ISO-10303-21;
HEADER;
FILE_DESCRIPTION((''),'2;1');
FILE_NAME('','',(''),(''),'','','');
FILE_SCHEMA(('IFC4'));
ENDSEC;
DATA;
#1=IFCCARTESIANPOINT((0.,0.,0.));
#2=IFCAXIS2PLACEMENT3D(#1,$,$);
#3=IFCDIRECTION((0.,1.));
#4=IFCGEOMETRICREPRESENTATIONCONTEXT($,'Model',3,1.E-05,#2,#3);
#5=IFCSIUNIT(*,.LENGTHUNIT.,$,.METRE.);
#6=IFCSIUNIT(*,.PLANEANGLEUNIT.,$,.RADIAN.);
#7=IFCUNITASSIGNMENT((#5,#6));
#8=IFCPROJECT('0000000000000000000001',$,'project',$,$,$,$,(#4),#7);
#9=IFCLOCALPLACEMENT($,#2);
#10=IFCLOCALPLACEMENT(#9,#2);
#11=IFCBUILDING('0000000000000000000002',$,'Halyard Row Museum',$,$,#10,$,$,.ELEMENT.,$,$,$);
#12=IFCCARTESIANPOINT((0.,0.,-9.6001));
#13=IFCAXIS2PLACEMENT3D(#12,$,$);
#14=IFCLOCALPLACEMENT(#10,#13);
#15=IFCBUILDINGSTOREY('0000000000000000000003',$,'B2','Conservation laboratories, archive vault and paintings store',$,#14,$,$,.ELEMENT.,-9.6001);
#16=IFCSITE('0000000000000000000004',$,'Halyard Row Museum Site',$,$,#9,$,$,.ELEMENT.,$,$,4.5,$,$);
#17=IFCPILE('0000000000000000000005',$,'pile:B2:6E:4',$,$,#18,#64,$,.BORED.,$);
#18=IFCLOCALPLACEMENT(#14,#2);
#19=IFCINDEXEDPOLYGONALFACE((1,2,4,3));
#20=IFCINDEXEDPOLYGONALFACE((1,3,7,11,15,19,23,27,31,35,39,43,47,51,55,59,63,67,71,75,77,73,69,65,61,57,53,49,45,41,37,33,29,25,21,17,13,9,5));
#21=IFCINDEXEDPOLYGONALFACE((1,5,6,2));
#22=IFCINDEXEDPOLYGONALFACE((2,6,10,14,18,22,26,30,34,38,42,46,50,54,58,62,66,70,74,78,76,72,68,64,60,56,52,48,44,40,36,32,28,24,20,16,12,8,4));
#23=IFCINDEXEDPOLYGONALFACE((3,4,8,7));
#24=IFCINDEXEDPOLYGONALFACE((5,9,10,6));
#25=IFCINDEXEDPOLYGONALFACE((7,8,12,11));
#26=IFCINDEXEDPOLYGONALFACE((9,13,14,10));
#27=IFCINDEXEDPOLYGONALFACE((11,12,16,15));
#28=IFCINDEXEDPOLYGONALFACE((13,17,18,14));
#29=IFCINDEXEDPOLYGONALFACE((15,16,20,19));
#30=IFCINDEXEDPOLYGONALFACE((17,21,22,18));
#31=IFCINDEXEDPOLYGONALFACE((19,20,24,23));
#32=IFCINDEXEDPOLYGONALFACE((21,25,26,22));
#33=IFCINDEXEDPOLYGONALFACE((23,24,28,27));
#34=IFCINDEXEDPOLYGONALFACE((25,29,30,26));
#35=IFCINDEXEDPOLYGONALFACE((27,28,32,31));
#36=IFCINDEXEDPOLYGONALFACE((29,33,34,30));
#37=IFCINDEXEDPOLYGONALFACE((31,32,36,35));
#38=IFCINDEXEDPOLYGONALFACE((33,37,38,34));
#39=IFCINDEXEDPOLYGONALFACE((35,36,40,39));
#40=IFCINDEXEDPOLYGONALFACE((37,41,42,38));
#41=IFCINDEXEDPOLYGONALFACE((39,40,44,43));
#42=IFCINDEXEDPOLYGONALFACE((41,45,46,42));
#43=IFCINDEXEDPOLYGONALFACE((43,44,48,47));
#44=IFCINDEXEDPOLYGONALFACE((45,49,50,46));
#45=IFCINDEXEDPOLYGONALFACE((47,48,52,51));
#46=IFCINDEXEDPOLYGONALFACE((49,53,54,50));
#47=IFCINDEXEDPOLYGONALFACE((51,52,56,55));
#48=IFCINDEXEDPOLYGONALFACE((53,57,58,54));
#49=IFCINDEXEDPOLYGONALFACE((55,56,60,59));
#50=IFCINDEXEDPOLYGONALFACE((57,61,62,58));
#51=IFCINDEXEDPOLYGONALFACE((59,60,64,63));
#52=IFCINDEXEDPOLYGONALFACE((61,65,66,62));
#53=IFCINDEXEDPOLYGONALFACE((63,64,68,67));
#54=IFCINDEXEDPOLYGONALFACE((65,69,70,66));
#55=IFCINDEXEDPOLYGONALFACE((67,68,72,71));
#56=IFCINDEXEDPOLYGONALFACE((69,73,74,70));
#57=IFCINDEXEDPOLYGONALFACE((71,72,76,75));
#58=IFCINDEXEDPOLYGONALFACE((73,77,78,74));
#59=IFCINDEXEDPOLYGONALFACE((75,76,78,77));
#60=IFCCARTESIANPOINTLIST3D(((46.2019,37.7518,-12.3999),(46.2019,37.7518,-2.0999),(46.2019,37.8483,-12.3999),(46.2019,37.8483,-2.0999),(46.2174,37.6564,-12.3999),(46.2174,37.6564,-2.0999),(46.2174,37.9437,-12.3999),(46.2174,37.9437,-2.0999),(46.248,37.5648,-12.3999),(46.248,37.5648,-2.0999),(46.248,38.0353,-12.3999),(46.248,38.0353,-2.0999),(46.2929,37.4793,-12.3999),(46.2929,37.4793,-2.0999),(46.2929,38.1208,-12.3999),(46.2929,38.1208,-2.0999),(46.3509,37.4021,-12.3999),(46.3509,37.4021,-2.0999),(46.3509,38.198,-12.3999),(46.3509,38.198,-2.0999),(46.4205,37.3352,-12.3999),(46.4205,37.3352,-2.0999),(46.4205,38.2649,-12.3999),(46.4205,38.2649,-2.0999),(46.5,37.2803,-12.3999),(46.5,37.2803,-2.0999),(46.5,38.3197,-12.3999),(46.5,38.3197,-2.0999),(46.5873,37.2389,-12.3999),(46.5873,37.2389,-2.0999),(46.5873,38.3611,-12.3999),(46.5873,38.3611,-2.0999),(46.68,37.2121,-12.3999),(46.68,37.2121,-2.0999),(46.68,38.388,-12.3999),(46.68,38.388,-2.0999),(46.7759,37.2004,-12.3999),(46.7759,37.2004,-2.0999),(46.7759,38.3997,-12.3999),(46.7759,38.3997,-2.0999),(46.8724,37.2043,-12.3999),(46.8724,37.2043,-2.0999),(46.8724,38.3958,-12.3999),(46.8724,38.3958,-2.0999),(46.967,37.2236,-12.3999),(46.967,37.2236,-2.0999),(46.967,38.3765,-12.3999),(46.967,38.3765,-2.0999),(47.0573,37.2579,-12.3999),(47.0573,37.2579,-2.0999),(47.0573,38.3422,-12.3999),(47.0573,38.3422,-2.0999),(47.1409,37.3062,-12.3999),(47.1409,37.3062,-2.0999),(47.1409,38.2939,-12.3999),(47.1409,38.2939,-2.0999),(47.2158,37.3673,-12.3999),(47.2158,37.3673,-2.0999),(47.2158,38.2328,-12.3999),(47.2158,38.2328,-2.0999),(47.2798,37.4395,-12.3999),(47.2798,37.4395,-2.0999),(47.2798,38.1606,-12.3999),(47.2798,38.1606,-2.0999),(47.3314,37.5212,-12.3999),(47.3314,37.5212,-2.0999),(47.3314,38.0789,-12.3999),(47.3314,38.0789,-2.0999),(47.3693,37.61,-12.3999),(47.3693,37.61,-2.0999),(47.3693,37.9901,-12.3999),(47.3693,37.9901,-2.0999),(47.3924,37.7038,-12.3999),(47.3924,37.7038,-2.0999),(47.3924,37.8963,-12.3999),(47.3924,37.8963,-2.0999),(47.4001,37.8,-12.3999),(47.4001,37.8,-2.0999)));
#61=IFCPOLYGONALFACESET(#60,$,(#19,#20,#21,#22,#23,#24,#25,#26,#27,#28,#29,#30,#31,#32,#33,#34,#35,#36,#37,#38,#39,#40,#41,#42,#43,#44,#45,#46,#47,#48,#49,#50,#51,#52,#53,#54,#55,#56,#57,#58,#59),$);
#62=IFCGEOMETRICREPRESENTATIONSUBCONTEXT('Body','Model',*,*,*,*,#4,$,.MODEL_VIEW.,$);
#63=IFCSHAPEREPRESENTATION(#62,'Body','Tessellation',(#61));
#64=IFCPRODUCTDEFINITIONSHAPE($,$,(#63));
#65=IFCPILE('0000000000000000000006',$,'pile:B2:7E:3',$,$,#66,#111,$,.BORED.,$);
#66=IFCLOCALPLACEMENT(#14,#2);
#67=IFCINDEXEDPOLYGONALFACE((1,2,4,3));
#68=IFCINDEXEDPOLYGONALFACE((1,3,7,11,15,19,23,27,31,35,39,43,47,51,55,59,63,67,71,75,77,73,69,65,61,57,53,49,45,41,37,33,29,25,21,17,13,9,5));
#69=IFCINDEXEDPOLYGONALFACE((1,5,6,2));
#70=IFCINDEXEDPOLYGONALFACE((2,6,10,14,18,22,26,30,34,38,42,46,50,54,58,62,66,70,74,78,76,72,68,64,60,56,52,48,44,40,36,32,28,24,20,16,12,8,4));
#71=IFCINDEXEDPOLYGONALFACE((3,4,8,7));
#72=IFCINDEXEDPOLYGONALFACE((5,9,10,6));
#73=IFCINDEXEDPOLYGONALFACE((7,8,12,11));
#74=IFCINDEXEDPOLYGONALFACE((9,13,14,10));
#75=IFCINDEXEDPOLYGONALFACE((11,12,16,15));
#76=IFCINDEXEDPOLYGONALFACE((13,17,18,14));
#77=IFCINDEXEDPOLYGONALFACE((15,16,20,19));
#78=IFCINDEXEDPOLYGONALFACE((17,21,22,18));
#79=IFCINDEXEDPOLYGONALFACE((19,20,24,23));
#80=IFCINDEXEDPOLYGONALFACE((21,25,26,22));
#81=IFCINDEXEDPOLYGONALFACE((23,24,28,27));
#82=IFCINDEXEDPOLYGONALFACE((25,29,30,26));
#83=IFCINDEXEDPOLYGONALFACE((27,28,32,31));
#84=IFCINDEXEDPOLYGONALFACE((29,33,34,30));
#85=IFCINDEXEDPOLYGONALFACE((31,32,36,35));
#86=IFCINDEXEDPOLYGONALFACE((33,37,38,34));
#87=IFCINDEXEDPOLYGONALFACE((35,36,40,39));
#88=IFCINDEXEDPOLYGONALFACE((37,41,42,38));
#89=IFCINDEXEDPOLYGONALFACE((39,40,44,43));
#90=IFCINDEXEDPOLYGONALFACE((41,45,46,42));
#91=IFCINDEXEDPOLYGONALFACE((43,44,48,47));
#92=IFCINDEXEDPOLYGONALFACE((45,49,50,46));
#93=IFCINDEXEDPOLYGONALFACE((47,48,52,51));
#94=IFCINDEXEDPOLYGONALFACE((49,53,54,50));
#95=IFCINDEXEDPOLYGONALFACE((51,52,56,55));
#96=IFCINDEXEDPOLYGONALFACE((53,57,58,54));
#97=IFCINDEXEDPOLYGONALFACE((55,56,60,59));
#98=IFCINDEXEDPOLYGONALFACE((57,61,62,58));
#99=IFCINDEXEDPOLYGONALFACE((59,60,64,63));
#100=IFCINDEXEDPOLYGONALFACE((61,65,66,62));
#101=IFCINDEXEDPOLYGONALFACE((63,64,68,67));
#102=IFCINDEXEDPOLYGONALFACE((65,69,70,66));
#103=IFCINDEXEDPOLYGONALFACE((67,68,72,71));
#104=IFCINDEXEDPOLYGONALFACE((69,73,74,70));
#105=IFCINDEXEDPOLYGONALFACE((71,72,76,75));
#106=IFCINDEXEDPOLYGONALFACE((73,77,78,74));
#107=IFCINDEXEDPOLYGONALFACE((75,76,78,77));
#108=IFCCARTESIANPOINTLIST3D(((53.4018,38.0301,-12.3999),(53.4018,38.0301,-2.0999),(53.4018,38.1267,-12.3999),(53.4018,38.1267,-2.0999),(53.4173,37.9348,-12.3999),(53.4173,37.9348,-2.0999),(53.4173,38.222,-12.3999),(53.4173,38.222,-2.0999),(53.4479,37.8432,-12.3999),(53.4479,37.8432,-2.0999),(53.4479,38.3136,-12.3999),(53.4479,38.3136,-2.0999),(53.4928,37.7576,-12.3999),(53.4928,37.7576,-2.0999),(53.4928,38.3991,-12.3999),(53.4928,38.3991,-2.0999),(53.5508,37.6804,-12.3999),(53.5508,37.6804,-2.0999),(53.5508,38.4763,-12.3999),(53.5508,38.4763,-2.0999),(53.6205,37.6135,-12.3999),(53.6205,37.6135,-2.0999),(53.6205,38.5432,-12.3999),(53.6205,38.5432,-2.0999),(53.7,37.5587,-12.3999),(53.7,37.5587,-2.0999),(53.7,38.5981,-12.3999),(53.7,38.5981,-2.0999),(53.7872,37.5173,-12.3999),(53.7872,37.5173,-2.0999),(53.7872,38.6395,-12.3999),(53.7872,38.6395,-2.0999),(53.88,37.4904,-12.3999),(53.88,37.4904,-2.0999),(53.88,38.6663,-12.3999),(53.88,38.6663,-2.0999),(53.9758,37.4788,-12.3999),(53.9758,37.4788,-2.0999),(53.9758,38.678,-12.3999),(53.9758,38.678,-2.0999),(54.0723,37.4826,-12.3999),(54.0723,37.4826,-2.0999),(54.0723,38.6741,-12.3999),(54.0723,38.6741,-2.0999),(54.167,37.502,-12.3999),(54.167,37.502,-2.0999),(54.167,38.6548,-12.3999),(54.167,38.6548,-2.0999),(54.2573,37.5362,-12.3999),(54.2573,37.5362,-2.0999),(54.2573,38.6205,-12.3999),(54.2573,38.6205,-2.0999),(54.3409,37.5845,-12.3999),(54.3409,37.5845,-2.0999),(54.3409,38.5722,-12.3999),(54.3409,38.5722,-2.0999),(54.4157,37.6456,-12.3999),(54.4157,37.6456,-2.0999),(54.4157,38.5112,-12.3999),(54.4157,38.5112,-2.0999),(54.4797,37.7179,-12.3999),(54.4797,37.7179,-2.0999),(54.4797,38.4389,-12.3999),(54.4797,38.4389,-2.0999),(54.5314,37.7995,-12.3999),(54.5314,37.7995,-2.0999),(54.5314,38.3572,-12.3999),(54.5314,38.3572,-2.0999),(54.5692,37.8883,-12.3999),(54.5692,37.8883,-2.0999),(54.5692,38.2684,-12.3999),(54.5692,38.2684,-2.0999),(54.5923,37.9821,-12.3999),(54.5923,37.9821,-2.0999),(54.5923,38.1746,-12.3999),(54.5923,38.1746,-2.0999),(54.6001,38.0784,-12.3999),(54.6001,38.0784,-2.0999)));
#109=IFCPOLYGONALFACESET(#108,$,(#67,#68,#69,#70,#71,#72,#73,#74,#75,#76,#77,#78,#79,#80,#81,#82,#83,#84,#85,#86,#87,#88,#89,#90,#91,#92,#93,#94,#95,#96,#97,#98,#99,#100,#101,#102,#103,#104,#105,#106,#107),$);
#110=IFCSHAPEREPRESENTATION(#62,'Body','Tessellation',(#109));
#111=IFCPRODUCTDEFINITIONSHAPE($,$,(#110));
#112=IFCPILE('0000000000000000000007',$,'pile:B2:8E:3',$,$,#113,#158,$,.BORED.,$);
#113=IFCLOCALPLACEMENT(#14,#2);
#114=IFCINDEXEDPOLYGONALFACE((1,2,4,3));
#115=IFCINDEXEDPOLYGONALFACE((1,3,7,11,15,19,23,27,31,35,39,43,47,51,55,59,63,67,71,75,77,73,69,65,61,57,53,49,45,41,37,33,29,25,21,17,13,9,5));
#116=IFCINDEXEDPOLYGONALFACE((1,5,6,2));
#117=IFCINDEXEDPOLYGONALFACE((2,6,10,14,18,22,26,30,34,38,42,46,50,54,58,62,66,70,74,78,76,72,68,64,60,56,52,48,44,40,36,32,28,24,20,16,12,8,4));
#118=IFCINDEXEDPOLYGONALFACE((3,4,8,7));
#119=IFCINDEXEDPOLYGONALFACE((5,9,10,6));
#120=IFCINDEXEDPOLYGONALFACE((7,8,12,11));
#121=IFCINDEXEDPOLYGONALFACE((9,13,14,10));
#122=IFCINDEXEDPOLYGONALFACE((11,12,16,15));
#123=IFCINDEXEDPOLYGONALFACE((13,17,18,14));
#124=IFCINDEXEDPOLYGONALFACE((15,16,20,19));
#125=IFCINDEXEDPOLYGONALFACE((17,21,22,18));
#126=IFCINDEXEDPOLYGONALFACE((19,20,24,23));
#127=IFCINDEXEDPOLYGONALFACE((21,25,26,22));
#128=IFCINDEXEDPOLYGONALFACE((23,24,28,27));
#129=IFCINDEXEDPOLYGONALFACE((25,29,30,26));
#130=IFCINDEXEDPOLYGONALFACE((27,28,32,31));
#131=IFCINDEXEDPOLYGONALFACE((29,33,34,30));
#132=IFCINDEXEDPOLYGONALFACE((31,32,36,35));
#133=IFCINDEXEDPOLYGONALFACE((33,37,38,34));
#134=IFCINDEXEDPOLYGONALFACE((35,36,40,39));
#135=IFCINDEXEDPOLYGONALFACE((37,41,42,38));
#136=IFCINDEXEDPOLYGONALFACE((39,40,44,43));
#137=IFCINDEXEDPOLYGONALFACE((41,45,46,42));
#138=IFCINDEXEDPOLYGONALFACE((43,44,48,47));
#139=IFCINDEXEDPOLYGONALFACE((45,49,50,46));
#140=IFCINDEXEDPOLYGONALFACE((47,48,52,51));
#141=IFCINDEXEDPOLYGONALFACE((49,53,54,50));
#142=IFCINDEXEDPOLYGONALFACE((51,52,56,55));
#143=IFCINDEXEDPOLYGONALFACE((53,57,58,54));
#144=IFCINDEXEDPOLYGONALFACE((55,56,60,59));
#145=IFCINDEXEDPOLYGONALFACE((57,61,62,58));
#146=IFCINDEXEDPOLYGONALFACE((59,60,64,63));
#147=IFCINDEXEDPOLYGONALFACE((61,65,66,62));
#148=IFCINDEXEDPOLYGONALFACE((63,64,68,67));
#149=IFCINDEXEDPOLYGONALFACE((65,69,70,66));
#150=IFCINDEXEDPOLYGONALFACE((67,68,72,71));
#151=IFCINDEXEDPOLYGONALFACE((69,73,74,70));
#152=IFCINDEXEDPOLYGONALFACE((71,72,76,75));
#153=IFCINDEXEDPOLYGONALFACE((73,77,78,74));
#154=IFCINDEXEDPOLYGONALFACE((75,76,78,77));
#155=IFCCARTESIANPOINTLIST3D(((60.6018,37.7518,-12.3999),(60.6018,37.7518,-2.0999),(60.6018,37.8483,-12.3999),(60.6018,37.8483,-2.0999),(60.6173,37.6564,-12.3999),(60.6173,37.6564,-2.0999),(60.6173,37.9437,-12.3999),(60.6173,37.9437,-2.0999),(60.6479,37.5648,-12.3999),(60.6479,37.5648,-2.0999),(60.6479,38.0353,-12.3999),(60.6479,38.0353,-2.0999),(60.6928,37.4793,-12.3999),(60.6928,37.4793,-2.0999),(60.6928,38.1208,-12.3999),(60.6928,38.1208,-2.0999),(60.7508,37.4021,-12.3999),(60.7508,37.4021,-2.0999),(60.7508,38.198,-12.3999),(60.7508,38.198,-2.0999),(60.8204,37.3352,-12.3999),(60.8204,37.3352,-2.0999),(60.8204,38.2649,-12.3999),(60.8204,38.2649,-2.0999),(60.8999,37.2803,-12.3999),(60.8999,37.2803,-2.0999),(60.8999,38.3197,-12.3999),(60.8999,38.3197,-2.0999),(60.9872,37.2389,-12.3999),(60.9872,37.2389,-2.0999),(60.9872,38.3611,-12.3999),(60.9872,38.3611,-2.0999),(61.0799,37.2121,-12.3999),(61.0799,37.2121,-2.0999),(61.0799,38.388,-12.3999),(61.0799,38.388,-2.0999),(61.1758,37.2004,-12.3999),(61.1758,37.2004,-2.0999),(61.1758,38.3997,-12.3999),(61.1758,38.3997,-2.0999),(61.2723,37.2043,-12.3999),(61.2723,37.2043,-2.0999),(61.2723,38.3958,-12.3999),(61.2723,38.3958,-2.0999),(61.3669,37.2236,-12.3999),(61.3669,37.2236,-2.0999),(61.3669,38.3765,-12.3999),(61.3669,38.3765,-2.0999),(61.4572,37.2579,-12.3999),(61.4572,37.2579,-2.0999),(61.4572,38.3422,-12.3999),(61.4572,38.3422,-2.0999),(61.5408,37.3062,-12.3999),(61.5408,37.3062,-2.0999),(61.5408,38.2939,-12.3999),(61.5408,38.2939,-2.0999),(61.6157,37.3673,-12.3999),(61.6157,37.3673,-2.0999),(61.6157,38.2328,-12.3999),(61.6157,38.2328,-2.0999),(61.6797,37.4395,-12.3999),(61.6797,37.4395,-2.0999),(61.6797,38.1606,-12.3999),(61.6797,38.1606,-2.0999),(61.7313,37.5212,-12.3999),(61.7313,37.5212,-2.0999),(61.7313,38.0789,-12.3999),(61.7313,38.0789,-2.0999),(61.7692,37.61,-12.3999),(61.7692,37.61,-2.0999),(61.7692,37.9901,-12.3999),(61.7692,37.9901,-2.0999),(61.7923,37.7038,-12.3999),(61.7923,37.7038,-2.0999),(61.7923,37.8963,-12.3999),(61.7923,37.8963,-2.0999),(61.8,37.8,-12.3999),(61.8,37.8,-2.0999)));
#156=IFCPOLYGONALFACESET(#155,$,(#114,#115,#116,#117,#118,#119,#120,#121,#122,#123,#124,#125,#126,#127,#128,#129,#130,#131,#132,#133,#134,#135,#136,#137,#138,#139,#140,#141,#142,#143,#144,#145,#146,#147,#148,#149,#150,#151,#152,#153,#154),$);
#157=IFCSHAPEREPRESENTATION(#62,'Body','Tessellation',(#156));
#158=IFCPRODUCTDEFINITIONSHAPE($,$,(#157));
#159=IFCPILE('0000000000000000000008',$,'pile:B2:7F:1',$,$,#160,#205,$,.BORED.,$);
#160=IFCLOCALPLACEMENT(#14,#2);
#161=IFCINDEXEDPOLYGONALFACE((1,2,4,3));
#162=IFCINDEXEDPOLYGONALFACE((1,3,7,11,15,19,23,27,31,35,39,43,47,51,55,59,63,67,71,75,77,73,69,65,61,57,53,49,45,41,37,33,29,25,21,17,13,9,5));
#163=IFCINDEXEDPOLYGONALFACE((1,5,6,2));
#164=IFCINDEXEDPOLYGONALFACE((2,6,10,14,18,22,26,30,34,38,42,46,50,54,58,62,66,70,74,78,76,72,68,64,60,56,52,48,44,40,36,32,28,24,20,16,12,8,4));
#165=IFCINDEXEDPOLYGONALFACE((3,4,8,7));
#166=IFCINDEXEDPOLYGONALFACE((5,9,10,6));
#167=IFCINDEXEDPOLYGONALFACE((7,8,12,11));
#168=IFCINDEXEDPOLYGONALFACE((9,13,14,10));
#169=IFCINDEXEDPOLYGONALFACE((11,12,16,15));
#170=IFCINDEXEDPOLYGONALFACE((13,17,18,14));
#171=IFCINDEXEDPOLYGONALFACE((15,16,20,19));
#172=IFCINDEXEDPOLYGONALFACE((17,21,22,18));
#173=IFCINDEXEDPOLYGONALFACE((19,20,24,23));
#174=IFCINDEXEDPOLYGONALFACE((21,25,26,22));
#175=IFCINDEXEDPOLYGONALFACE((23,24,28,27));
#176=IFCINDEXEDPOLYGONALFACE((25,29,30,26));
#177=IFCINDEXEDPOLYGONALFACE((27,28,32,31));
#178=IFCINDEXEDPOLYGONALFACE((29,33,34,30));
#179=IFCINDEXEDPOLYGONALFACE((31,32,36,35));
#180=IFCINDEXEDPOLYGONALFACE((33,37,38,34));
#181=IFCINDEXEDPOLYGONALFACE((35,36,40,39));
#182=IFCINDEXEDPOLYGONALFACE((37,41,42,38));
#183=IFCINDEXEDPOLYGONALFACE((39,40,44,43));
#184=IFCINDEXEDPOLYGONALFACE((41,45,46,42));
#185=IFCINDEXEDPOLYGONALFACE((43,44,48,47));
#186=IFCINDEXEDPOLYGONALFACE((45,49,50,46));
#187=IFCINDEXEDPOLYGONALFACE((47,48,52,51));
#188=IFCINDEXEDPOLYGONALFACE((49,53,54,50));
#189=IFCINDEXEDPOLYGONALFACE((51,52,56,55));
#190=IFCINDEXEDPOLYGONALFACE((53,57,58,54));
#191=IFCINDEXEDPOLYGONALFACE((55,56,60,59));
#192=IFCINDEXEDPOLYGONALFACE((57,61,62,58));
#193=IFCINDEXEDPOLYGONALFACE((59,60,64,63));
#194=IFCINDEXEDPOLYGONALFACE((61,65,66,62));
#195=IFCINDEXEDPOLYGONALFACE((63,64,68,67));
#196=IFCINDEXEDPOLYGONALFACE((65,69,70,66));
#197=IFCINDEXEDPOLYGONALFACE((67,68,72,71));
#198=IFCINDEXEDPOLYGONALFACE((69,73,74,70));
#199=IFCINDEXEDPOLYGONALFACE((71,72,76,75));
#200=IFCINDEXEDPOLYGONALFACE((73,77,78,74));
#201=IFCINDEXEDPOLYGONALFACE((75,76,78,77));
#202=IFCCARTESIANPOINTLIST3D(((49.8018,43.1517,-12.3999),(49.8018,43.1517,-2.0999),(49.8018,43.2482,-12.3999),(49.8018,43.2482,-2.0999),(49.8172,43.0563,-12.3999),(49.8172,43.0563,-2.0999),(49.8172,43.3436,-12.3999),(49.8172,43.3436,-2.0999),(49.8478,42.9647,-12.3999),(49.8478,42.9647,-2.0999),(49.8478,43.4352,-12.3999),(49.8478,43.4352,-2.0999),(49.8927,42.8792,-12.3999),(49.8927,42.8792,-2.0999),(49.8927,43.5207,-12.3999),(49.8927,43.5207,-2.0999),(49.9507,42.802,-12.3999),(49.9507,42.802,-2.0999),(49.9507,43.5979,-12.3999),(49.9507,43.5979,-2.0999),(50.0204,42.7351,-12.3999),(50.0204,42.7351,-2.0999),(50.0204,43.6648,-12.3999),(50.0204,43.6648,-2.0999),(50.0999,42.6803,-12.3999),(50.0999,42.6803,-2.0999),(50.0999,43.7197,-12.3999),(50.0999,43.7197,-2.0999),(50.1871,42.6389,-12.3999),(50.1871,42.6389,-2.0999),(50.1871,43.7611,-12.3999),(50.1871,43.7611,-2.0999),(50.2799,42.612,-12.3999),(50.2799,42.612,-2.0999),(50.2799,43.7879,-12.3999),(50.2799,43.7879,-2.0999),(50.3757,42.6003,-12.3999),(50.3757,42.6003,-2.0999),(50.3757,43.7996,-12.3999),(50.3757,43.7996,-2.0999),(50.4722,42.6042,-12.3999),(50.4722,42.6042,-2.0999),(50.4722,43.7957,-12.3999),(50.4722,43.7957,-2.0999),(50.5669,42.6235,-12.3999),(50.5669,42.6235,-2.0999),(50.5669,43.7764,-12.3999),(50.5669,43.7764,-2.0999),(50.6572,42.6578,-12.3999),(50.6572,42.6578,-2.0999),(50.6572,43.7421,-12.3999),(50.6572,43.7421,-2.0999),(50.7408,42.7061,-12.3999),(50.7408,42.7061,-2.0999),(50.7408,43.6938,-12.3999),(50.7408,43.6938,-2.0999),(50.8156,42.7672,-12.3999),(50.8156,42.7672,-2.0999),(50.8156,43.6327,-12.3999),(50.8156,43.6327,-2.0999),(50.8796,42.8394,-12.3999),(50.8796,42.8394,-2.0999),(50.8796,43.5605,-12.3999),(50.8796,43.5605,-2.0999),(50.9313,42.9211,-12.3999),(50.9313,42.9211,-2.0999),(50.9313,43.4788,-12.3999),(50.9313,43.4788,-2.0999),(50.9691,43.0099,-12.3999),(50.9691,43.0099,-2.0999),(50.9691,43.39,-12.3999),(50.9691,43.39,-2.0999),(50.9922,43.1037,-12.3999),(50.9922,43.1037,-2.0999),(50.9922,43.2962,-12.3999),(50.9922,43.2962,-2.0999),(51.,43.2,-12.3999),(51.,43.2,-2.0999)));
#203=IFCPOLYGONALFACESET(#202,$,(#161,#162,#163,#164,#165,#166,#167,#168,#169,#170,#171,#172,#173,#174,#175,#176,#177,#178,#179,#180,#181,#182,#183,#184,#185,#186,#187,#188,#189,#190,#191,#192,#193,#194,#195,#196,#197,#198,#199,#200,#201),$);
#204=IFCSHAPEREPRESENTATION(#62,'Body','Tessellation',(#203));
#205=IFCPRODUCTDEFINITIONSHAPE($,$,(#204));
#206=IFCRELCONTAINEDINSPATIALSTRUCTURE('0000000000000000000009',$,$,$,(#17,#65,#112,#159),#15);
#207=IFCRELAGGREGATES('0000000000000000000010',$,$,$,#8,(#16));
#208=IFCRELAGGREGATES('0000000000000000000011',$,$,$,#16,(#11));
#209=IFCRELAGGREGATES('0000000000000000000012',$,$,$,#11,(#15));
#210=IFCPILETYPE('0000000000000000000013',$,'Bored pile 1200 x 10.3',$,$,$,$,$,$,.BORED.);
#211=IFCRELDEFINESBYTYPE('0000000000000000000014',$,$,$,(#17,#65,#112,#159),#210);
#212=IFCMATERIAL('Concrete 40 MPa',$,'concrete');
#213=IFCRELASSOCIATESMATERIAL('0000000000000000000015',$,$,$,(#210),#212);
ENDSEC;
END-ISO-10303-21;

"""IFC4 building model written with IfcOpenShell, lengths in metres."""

from ifc_helpers import new_model, si_unit, direction, frame, origin, origin_2d, place, context, subcontext, project, spatial, circle, extrude, material, material_profile, profile_set, type_object, element, save


model = new_model("IFC4")

# Units and contexts
model_context = context("Model", 3, precision=1e-05, world=origin(), true_north=direction((0.0, 1.0)))
body_context = subcontext(model_context, "Body", "Model", "MODEL_VIEW")
ifc_project = project(units=[si_unit("LENGTHUNIT", "METRE"), si_unit("PLANEANGLEUNIT", "RADIAN")], contexts=[model_context])

# Site, building, storey
site_placement = place(None, origin())
site = spatial("IfcSite", under=ifc_project, at=site_placement, Name="Halyard Row Museum Site", CompositionType="ELEMENT", RefElevation=4.5)
building_placement = place(site_placement, origin())
building = spatial("IfcBuilding", under=site, at=building_placement, Name="Halyard Row Museum", CompositionType="ELEMENT")
storey_placement = place(building_placement, frame((0.0, 0.0, -9.6001)))
storey = spatial("IfcBuildingStorey", under=building, at=storey_placement, Name="B2", Description="Conservation laboratories, archive vault and paintings store", CompositionType="ELEMENT", Elevation=-9.6001)

# Piles
ifc_material_1 = material(Name="Concrete 40 MPa", Category="concrete")
ifc_material_profile_1 = material_profile(ifc_material_1, circle(Radius=0.6001, at=origin_2d()), Name="Bored pile 1200 x 10.3")
ifc_profile_set_1 = profile_set([ifc_material_profile_1], Name="Concrete 40 MPa")
pile_type_1 = type_object("IfcPileType", Name="Bored pile 1200 x 10.3", PredefinedType="BORED", material=ifc_profile_set_1)
for number, where, z_axis, x_axis, name in (
    (1, (46.8, 37.8, -2.0999), (0.0, 0.0, -1.0), (1.0, 0.0, 0.0), "pile:B2:6E:4"),
    (2, (54.0, 38.0784, -2.0999), (0.0, 0.0, -1.0), (1.0, 0.0, 0.0), "pile:B2:7E:3"),
    (3, (61.2, 37.8, -2.0999), (0.0, 0.0, -1.0), (1.0, 0.0, 0.0), "pile:B2:8E:3"),
    (4, (50.3999, 43.2, -2.0999), (0.0, 0.0, -1.0), (1.0, 0.0, 0.0), "pile:B2:7F:1"),
):
    element("IfcPile", number, at=place(storey_placement, frame(where, z_axis=z_axis, x_axis=x_axis)), inside=storey, type_object=pile_type_1, Name=name, PredefinedType="BORED", context=body_context, shape_type="SweptSolid", body=[
        extrude(circle(Radius=0.6001, at=origin_2d()), origin(), (0.0, 0.0, 1.0), 10.3),
    ])

save(model, "model.ifc")
